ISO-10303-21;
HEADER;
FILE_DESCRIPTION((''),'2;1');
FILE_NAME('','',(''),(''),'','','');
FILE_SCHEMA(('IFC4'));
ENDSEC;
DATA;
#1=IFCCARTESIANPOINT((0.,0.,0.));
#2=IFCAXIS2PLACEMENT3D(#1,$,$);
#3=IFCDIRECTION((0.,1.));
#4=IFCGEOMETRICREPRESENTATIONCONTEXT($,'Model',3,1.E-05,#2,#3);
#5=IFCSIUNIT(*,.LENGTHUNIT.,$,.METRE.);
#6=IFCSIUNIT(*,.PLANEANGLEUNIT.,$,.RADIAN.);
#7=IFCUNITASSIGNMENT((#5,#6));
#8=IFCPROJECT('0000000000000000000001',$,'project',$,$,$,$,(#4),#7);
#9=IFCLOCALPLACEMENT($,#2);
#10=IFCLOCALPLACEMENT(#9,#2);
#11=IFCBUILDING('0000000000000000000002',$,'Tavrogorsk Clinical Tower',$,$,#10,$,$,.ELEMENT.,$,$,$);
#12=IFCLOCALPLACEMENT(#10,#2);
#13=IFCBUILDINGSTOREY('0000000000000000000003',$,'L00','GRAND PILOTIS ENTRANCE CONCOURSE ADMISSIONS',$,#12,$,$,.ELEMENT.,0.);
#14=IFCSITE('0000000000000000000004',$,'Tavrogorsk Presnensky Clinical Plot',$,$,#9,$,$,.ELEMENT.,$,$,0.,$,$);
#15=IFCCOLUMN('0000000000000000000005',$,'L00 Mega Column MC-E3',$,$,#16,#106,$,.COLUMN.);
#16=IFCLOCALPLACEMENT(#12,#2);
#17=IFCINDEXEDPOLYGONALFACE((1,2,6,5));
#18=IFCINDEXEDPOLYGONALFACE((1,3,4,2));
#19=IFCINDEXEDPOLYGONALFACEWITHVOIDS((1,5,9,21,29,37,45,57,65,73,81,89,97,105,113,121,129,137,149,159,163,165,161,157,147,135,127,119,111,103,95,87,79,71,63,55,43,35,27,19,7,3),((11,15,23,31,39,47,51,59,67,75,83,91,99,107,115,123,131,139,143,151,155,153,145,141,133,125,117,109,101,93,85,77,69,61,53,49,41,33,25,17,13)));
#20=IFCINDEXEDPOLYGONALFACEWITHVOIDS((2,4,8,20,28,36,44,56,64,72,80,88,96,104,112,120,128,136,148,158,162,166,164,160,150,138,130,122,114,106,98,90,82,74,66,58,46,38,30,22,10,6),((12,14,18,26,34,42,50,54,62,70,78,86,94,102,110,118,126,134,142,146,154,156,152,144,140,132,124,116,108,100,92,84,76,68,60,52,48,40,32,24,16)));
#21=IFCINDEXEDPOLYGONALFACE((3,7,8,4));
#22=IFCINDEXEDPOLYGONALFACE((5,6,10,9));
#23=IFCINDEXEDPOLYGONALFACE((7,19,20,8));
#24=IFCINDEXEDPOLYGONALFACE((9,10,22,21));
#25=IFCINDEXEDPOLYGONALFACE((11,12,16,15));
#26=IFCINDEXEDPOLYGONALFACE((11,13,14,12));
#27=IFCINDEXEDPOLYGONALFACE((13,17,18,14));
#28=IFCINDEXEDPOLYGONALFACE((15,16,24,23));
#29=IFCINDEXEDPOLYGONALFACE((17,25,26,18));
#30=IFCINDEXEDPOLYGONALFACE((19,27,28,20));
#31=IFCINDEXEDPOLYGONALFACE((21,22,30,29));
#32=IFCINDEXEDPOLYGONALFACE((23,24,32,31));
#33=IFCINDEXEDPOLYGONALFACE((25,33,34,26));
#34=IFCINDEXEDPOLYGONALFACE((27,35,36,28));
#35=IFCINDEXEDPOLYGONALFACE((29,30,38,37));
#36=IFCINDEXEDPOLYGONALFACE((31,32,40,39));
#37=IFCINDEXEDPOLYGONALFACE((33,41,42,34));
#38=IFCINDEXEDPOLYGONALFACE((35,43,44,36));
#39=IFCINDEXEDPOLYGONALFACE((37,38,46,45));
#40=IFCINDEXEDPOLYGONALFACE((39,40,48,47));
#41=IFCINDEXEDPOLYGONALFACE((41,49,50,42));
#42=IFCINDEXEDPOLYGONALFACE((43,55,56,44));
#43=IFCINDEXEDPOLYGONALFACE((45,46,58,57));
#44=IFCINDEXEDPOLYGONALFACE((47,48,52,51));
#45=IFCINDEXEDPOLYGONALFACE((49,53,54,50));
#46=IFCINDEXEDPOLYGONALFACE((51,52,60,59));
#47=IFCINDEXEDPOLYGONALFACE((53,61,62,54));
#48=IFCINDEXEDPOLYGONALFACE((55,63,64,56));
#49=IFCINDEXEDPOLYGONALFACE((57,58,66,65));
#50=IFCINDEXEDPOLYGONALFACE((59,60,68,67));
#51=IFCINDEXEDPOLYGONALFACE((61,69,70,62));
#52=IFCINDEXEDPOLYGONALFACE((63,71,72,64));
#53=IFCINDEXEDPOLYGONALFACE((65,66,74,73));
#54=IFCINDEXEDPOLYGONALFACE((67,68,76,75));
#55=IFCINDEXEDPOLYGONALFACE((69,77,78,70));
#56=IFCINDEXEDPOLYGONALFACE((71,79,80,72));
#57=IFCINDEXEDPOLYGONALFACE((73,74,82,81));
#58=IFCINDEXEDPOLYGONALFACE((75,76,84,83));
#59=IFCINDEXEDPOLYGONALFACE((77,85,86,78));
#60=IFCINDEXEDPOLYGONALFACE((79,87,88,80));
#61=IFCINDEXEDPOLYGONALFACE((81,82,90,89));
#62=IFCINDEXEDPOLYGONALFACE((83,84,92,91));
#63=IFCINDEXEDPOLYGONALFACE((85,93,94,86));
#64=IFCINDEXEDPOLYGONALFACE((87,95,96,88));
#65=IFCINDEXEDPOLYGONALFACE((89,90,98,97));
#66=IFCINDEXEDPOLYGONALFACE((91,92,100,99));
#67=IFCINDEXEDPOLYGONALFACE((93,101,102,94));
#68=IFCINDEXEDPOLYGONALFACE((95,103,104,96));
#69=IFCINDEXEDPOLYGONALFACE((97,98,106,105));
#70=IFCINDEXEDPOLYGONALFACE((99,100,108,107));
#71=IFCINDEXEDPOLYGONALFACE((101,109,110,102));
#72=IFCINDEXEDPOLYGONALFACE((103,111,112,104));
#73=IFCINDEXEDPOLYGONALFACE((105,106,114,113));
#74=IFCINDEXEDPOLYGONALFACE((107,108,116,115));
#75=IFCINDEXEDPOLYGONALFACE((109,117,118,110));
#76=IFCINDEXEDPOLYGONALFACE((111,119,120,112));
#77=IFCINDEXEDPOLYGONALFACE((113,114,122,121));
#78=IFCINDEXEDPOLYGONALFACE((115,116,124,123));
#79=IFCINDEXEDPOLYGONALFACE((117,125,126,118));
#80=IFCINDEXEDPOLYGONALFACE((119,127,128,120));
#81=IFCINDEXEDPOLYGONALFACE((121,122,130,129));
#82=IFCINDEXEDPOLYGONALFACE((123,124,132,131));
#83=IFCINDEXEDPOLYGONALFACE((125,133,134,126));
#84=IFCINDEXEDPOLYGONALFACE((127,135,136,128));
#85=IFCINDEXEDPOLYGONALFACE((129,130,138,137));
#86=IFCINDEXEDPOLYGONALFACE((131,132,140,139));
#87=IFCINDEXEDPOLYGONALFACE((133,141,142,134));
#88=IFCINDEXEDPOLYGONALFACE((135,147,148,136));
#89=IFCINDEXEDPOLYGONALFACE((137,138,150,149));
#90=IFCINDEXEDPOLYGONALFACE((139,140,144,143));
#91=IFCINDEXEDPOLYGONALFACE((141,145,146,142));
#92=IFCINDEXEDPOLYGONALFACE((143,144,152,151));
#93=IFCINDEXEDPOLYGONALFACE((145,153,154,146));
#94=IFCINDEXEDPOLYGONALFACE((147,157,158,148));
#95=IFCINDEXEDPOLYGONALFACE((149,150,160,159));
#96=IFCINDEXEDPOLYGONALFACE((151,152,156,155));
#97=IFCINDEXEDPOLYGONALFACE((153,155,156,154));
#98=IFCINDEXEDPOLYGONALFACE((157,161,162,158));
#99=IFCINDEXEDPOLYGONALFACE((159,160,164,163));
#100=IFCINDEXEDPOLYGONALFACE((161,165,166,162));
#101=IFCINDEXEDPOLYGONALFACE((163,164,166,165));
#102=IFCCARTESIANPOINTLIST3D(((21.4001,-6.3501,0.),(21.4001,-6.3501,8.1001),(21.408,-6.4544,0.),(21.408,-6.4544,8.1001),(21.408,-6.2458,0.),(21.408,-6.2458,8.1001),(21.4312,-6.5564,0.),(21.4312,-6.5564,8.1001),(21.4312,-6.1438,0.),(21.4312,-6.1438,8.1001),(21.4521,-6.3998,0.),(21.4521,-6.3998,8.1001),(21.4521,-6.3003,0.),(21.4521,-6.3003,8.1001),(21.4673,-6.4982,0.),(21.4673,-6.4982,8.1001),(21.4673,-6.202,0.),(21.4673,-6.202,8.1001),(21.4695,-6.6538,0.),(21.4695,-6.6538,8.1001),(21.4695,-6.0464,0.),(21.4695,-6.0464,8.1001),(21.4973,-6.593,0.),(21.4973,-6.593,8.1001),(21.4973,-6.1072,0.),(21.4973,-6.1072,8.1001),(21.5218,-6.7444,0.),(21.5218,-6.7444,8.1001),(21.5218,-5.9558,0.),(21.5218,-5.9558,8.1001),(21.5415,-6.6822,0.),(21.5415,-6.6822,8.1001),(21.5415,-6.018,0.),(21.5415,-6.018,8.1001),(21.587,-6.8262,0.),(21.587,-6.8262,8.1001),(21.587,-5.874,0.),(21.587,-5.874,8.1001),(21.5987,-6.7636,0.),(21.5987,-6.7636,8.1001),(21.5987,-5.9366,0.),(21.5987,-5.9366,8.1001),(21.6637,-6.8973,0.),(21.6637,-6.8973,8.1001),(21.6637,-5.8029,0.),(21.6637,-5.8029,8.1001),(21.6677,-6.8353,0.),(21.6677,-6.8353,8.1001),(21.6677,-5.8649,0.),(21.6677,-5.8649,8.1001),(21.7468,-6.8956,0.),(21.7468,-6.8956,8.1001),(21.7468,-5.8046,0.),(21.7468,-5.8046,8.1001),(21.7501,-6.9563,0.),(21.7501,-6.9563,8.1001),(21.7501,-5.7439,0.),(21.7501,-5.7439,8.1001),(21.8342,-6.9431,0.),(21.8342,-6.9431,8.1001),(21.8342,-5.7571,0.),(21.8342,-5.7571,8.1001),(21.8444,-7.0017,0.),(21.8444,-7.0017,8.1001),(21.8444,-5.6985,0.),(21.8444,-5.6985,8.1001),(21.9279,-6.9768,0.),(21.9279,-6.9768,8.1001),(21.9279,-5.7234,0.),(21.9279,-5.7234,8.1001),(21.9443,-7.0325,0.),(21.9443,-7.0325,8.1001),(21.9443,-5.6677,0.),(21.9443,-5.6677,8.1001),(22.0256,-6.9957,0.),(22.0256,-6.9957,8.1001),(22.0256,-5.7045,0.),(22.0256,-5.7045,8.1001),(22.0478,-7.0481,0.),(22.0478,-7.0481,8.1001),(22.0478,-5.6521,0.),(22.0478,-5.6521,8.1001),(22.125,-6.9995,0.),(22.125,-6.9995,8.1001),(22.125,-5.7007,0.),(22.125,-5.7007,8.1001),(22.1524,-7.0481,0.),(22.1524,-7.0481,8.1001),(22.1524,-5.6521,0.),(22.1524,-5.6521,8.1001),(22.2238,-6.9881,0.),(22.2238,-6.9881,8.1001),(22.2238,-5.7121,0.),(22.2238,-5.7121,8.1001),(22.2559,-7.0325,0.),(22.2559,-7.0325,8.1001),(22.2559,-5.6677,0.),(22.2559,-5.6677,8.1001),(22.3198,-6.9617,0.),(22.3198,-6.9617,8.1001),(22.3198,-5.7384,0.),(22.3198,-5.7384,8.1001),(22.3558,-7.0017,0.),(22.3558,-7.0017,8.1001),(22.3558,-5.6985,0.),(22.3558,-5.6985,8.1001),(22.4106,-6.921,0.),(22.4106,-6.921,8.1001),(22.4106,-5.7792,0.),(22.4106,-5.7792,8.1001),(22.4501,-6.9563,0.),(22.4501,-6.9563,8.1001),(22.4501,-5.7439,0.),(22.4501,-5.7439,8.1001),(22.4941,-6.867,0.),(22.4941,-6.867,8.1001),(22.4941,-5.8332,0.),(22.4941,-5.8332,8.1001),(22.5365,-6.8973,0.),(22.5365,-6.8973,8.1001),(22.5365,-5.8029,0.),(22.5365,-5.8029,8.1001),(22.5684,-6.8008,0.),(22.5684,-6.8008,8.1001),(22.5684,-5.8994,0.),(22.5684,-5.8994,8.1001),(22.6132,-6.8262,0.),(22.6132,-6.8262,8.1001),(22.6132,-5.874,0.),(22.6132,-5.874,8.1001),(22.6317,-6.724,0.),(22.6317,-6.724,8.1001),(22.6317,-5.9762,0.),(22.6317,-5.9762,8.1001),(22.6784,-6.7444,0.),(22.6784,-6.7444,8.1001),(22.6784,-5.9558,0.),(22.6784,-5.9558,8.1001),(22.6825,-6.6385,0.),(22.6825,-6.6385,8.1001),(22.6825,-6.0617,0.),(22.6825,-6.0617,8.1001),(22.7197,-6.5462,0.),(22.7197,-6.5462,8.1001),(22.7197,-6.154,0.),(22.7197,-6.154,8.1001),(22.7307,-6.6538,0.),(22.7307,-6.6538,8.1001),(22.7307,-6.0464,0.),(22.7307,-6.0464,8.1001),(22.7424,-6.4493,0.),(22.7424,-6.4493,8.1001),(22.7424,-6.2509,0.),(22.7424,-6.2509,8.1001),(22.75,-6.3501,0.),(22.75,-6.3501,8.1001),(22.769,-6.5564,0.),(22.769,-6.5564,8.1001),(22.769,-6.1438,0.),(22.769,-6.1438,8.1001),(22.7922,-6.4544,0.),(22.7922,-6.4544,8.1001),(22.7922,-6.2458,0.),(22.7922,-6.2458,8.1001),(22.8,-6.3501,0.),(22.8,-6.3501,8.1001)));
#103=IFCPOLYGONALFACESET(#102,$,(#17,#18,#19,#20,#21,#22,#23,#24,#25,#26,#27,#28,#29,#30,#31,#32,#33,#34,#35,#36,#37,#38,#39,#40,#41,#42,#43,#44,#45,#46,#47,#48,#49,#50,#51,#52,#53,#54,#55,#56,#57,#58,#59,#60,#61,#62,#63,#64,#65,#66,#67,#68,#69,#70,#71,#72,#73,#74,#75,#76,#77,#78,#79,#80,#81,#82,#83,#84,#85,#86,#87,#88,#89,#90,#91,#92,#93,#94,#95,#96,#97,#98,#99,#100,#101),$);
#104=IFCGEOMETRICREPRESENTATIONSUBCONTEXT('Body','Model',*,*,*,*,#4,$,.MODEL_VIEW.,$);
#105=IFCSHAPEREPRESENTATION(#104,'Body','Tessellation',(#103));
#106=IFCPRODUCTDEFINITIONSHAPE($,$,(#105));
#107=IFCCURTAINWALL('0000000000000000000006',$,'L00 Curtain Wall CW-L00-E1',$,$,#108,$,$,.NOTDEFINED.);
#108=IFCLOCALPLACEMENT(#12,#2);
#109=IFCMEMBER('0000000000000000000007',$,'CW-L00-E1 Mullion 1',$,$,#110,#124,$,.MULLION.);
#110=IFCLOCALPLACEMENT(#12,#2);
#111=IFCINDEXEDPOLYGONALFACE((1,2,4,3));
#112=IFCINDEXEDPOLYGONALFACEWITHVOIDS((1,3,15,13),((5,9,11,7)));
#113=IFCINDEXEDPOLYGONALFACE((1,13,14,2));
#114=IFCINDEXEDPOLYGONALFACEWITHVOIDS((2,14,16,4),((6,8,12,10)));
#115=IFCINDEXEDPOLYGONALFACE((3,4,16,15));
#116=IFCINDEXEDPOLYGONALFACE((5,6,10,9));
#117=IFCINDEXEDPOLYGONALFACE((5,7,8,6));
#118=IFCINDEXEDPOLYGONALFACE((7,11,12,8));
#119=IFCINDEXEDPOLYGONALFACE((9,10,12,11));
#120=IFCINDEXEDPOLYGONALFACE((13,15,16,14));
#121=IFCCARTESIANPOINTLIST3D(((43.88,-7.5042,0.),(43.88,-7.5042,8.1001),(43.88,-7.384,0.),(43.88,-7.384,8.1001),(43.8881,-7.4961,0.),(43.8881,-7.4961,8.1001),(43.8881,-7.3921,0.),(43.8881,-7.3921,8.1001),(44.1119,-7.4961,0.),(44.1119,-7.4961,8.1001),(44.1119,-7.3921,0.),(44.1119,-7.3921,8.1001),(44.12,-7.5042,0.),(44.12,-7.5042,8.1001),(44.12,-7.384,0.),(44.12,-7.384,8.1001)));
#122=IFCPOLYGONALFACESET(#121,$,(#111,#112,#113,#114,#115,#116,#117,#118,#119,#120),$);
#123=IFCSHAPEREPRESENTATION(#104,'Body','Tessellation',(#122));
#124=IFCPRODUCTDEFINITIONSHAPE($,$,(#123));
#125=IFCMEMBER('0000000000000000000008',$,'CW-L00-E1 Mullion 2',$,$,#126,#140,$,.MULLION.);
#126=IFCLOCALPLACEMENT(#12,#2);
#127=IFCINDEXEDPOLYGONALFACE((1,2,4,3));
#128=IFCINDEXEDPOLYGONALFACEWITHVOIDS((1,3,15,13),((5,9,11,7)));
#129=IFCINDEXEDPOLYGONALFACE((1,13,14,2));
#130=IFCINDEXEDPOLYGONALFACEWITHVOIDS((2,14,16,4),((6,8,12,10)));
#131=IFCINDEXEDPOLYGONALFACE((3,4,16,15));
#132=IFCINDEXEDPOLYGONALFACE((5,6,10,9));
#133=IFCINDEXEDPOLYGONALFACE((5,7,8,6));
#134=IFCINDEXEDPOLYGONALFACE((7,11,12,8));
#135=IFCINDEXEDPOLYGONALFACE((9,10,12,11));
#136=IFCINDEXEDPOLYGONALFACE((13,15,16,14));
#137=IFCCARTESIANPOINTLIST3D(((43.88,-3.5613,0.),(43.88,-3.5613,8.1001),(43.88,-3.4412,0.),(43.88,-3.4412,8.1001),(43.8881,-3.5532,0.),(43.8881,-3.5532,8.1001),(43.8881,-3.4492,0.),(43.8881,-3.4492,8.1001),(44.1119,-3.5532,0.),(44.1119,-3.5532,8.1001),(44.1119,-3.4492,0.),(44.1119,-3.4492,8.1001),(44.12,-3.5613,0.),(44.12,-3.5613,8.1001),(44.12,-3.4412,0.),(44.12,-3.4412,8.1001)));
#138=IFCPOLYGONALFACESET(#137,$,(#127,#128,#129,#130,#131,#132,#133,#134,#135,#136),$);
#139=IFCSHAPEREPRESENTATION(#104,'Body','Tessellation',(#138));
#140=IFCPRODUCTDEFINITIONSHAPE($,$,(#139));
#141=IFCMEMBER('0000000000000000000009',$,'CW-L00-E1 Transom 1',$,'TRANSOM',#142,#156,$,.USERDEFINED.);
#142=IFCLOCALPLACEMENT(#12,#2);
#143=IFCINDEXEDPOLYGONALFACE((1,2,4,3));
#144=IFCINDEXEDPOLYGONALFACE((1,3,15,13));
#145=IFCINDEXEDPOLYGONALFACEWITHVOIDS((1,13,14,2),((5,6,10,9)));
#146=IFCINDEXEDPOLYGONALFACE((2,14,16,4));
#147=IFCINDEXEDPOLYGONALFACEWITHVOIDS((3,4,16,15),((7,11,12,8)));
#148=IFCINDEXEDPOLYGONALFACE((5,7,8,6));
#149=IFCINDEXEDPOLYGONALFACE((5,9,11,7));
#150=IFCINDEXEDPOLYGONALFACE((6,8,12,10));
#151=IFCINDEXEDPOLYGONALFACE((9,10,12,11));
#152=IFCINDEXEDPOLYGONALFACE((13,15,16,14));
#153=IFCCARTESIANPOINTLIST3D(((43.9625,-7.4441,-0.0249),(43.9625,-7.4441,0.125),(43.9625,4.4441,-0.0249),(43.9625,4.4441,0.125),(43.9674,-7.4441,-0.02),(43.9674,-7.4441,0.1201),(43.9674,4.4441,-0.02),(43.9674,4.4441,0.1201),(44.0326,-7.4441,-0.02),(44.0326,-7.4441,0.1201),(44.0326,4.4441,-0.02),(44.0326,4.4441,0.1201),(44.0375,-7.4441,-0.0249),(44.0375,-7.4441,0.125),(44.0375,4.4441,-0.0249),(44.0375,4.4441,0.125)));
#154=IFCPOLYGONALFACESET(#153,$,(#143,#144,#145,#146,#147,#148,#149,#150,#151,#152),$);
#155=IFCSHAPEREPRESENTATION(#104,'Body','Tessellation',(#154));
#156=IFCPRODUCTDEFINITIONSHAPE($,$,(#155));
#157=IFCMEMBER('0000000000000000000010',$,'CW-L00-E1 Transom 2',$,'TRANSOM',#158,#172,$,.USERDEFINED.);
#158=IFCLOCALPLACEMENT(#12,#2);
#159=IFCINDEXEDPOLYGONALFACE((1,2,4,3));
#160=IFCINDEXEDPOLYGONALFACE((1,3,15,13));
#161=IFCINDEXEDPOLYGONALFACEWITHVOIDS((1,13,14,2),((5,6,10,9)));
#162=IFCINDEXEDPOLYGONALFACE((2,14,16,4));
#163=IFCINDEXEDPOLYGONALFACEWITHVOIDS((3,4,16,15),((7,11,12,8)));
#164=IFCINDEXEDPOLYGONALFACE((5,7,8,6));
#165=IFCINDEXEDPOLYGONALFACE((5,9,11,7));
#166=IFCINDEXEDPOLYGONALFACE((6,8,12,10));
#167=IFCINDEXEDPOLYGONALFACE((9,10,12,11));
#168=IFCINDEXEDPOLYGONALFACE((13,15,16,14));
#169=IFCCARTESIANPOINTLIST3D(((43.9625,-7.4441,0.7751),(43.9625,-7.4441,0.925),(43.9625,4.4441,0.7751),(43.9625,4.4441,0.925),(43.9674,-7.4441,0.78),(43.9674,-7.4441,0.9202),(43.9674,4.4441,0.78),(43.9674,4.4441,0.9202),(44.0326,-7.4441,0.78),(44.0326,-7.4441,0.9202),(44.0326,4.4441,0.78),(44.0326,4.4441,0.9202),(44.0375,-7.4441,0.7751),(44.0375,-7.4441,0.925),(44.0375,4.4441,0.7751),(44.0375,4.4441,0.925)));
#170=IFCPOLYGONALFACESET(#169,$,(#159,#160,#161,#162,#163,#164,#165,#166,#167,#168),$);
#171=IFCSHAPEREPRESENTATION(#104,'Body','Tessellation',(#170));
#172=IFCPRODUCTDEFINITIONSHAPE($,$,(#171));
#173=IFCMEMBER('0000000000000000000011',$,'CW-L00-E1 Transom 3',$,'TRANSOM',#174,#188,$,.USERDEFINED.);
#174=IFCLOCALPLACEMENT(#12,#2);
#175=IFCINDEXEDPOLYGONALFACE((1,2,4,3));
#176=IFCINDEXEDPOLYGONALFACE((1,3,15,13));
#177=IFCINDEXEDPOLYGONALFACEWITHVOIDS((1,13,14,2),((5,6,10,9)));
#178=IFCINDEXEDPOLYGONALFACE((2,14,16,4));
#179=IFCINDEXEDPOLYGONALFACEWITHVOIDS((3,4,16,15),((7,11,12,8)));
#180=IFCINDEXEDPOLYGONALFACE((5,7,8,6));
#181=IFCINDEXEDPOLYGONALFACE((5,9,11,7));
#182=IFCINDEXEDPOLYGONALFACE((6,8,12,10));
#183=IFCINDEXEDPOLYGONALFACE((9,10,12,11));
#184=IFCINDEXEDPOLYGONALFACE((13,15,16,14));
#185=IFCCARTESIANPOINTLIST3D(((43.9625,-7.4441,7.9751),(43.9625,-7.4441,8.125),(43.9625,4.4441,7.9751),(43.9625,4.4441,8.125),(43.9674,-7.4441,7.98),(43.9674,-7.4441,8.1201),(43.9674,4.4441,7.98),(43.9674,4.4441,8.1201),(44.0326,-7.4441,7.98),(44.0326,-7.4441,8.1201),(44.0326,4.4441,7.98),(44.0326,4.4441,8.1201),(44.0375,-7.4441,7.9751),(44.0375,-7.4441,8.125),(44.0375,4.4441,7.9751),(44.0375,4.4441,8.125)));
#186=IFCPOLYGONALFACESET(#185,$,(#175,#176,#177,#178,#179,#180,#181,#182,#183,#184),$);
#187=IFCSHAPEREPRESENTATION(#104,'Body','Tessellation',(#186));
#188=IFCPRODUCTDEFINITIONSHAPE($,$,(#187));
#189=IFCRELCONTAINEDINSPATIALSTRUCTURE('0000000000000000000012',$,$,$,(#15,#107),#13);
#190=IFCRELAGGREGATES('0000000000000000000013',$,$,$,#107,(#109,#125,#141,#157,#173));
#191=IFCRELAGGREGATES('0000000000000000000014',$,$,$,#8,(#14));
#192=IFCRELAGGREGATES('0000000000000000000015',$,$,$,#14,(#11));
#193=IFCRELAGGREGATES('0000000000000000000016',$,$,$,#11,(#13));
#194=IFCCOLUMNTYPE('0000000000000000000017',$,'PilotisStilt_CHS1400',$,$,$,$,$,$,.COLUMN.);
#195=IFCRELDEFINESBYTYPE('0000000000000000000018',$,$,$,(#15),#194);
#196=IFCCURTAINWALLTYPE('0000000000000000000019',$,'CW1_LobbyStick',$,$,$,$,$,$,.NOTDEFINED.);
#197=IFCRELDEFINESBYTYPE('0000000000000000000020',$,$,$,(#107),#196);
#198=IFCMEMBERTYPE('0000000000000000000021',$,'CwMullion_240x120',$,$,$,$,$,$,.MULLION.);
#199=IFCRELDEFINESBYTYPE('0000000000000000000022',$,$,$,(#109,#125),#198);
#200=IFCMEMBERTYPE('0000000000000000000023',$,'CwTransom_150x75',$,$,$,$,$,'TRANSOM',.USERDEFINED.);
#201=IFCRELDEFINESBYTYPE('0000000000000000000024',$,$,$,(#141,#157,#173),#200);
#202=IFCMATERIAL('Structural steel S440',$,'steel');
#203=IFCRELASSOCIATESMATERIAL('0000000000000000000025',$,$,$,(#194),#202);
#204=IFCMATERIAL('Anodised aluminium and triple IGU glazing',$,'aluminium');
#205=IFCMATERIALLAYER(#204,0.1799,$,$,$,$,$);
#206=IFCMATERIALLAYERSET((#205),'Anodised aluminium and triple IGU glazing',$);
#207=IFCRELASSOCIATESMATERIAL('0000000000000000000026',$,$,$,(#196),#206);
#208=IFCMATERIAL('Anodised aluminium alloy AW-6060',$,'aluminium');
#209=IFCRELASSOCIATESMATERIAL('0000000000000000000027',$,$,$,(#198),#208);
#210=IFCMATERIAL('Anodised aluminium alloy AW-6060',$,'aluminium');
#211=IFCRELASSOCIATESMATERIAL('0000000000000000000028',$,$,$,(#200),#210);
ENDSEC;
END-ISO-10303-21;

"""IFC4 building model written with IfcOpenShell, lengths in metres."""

from ifc_helpers import new_model, si_unit, direction, frame, origin, origin_2d, place, context, subcontext, project, spatial, hollow_rectangle, hollow_circle, extrude, material, layer, layer_set, material_profile, profile_set, type_object, element, aggregate, save


model = new_model("IFC4")

# Units and contexts
model_context = context("Model", 3, precision=1e-05, world=origin(), true_north=direction((0.0, 1.0)))
body_context = subcontext(model_context, "Body", "Model", "MODEL_VIEW")
ifc_project = project(units=[si_unit("LENGTHUNIT", "METRE"), si_unit("PLANEANGLEUNIT", "RADIAN")], contexts=[model_context])

# Site, building, storey
site_placement = place(None, origin())
site = spatial("IfcSite", under=ifc_project, at=site_placement, Name="Tavrogorsk Presnensky Clinical Plot", CompositionType="ELEMENT", RefElevation=0.0)
building_placement = place(site_placement, origin())
building = spatial("IfcBuilding", under=site, at=building_placement, Name="Tavrogorsk Clinical Tower", CompositionType="ELEMENT")
storey_placement = place(building_placement, origin())
storey = spatial("IfcBuildingStorey", under=building, at=storey_placement, Name="L00", Description="GRAND PILOTIS ENTRANCE CONCOURSE ADMISSIONS", CompositionType="ELEMENT", Elevation=0.0)

# Column
ifc_material_1 = material(Name="Structural steel S440", Category="steel")
ifc_material_profile_1 = material_profile(ifc_material_1, hollow_circle(Radius=0.7, WallThickness=0.05, at=origin_2d()), Name="CHS-1400x50")
ifc_profile_set_1 = profile_set([ifc_material_profile_1], Name="Structural steel S440")
column_type = type_object("IfcColumnType", Name="PilotisStilt_CHS1400", PredefinedType="COLUMN", material=ifc_profile_set_1)
column_placement = place(storey_placement, frame((22.1001, -6.3501, 0.0), z_axis=(0.0, 0.0, 1.0), x_axis=(1.0, 0.0, 0.0)))
element("IfcColumn", 1, at=column_placement, inside=storey, type_object=column_type, Name="L00 Mega Column MC-E3", PredefinedType="COLUMN", context=body_context, shape_type="SweptSolid", body=[
    extrude(hollow_circle(Radius=0.7, WallThickness=0.05, at=origin_2d()), origin(), (0.0, 0.0, 1.0), 8.1001),
])

# Curtain wall, members
ifc_material_2 = material(Name="Anodised aluminium and triple IGU glazing", Category="aluminium")
ifc_layer_1 = layer(ifc_material_2, 0.1799)
ifc_layer_set_1 = layer_set([ifc_layer_1], Name="Anodised aluminium and triple IGU glazing")
curtain_wall_type = type_object("IfcCurtainWallType", Name="CW1_LobbyStick", PredefinedType="NOTDEFINED", material=ifc_layer_set_1)
curtain_wall_placement = place(storey_placement, origin())
curtain_wall = element("IfcCurtainWall", 2, at=curtain_wall_placement, inside=storey, type_object=curtain_wall_type, Name="L00 Curtain Wall CW-L00-E1", PredefinedType="NOTDEFINED")
ifc_material_3 = material(Name="Anodised aluminium alloy AW-6060", Category="aluminium")
ifc_material_profile_2 = material_profile(ifc_material_3, hollow_rectangle(XDim=0.1201, YDim=0.24, WallThickness=0.0081, at=origin_2d()), Name="RHS-240x120x8")
ifc_profile_set_2 = profile_set([ifc_material_profile_2], Name="Anodised aluminium alloy AW-6060")
member_type_1 = type_object("IfcMemberType", Name="CwMullion_240x120", PredefinedType="MULLION", material=ifc_profile_set_2)
member_1_placement = place(storey_placement, frame((44.0, -7.4441, 0.0), z_axis=(0.0, 0.0, 1.0), x_axis=(0.0, 1.0, 0.0)))
member_1 = element("IfcMember", 3, at=member_1_placement, type_object=member_type_1, Name="CW-L00-E1 Mullion 1", PredefinedType="MULLION", context=body_context, shape_type="SweptSolid", body=[
    extrude(hollow_rectangle(XDim=0.1201, YDim=0.24, WallThickness=0.0081, at=origin_2d()), origin(), (0.0, 0.0, 1.0), 8.1001),
])
member_2_placement = place(storey_placement, frame((44.0, -3.5012, 0.0), z_axis=(0.0, 0.0, 1.0), x_axis=(0.0, 1.0, 0.0)))
member_2 = element("IfcMember", 4, at=member_2_placement, type_object=member_type_1, Name="CW-L00-E1 Mullion 2", PredefinedType="MULLION", context=body_context, shape_type="SweptSolid", body=[
    extrude(hollow_rectangle(XDim=0.1201, YDim=0.24, WallThickness=0.0081, at=origin_2d()), origin(), (0.0, 0.0, 1.0), 8.1001),
])
ifc_material_4 = material(Name="Anodised aluminium alloy AW-6060", Category="aluminium")
ifc_material_profile_3 = material_profile(ifc_material_4, hollow_rectangle(XDim=0.075, YDim=0.1499, WallThickness=0.0049, at=origin_2d()), Name="RHS-150x75x5")
ifc_profile_set_3 = profile_set([ifc_material_profile_3], Name="Anodised aluminium alloy AW-6060")
member_type_2 = type_object("IfcMemberType", Name="CwTransom_150x75", ElementType="TRANSOM", PredefinedType="USERDEFINED", material=ifc_profile_set_3)
member_3_placement = place(storey_placement, frame((44.0, -7.4441, 0.05), z_axis=(0.0, 1.0, 0.0), x_axis=(-1.0, 0.0, 0.0)))
member_3 = element("IfcMember", 5, at=member_3_placement, type_object=member_type_2, Name="CW-L00-E1 Transom 1", ObjectType="TRANSOM", PredefinedType="USERDEFINED", context=body_context, shape_type="SweptSolid", body=[
    extrude(hollow_rectangle(XDim=0.075, YDim=0.1499, WallThickness=0.0049, at=origin_2d()), origin(), (0.0, 0.0, 1.0), 11.8882),
])
member_4_placement = place(storey_placement, frame((44.0, -7.4441, 0.8501), z_axis=(0.0, 1.0, 0.0), x_axis=(-1.0, 0.0, 0.0)))
member_4 = element("IfcMember", 6, at=member_4_placement, type_object=member_type_2, Name="CW-L00-E1 Transom 2", ObjectType="TRANSOM", PredefinedType="USERDEFINED", context=body_context, shape_type="SweptSolid", body=[
    extrude(hollow_rectangle(XDim=0.075, YDim=0.1499, WallThickness=0.0049, at=origin_2d()), origin(), (0.0, 0.0, 1.0), 11.8882),
])
member_5_placement = place(storey_placement, frame((44.0, -7.4441, 8.05), z_axis=(0.0, 1.0, 0.0), x_axis=(-1.0, 0.0, 0.0)))
member_5 = element("IfcMember", 7, at=member_5_placement, type_object=member_type_2, Name="CW-L00-E1 Transom 3", ObjectType="TRANSOM", PredefinedType="USERDEFINED", context=body_context, shape_type="SweptSolid", body=[
    extrude(hollow_rectangle(XDim=0.075, YDim=0.1499, WallThickness=0.0049, at=origin_2d()), origin(), (0.0, 0.0, 1.0), 11.8882),
])

aggregate(curtain_wall, [member_1, member_2, member_3, member_4, member_5])

save(model, "model.ifc")
